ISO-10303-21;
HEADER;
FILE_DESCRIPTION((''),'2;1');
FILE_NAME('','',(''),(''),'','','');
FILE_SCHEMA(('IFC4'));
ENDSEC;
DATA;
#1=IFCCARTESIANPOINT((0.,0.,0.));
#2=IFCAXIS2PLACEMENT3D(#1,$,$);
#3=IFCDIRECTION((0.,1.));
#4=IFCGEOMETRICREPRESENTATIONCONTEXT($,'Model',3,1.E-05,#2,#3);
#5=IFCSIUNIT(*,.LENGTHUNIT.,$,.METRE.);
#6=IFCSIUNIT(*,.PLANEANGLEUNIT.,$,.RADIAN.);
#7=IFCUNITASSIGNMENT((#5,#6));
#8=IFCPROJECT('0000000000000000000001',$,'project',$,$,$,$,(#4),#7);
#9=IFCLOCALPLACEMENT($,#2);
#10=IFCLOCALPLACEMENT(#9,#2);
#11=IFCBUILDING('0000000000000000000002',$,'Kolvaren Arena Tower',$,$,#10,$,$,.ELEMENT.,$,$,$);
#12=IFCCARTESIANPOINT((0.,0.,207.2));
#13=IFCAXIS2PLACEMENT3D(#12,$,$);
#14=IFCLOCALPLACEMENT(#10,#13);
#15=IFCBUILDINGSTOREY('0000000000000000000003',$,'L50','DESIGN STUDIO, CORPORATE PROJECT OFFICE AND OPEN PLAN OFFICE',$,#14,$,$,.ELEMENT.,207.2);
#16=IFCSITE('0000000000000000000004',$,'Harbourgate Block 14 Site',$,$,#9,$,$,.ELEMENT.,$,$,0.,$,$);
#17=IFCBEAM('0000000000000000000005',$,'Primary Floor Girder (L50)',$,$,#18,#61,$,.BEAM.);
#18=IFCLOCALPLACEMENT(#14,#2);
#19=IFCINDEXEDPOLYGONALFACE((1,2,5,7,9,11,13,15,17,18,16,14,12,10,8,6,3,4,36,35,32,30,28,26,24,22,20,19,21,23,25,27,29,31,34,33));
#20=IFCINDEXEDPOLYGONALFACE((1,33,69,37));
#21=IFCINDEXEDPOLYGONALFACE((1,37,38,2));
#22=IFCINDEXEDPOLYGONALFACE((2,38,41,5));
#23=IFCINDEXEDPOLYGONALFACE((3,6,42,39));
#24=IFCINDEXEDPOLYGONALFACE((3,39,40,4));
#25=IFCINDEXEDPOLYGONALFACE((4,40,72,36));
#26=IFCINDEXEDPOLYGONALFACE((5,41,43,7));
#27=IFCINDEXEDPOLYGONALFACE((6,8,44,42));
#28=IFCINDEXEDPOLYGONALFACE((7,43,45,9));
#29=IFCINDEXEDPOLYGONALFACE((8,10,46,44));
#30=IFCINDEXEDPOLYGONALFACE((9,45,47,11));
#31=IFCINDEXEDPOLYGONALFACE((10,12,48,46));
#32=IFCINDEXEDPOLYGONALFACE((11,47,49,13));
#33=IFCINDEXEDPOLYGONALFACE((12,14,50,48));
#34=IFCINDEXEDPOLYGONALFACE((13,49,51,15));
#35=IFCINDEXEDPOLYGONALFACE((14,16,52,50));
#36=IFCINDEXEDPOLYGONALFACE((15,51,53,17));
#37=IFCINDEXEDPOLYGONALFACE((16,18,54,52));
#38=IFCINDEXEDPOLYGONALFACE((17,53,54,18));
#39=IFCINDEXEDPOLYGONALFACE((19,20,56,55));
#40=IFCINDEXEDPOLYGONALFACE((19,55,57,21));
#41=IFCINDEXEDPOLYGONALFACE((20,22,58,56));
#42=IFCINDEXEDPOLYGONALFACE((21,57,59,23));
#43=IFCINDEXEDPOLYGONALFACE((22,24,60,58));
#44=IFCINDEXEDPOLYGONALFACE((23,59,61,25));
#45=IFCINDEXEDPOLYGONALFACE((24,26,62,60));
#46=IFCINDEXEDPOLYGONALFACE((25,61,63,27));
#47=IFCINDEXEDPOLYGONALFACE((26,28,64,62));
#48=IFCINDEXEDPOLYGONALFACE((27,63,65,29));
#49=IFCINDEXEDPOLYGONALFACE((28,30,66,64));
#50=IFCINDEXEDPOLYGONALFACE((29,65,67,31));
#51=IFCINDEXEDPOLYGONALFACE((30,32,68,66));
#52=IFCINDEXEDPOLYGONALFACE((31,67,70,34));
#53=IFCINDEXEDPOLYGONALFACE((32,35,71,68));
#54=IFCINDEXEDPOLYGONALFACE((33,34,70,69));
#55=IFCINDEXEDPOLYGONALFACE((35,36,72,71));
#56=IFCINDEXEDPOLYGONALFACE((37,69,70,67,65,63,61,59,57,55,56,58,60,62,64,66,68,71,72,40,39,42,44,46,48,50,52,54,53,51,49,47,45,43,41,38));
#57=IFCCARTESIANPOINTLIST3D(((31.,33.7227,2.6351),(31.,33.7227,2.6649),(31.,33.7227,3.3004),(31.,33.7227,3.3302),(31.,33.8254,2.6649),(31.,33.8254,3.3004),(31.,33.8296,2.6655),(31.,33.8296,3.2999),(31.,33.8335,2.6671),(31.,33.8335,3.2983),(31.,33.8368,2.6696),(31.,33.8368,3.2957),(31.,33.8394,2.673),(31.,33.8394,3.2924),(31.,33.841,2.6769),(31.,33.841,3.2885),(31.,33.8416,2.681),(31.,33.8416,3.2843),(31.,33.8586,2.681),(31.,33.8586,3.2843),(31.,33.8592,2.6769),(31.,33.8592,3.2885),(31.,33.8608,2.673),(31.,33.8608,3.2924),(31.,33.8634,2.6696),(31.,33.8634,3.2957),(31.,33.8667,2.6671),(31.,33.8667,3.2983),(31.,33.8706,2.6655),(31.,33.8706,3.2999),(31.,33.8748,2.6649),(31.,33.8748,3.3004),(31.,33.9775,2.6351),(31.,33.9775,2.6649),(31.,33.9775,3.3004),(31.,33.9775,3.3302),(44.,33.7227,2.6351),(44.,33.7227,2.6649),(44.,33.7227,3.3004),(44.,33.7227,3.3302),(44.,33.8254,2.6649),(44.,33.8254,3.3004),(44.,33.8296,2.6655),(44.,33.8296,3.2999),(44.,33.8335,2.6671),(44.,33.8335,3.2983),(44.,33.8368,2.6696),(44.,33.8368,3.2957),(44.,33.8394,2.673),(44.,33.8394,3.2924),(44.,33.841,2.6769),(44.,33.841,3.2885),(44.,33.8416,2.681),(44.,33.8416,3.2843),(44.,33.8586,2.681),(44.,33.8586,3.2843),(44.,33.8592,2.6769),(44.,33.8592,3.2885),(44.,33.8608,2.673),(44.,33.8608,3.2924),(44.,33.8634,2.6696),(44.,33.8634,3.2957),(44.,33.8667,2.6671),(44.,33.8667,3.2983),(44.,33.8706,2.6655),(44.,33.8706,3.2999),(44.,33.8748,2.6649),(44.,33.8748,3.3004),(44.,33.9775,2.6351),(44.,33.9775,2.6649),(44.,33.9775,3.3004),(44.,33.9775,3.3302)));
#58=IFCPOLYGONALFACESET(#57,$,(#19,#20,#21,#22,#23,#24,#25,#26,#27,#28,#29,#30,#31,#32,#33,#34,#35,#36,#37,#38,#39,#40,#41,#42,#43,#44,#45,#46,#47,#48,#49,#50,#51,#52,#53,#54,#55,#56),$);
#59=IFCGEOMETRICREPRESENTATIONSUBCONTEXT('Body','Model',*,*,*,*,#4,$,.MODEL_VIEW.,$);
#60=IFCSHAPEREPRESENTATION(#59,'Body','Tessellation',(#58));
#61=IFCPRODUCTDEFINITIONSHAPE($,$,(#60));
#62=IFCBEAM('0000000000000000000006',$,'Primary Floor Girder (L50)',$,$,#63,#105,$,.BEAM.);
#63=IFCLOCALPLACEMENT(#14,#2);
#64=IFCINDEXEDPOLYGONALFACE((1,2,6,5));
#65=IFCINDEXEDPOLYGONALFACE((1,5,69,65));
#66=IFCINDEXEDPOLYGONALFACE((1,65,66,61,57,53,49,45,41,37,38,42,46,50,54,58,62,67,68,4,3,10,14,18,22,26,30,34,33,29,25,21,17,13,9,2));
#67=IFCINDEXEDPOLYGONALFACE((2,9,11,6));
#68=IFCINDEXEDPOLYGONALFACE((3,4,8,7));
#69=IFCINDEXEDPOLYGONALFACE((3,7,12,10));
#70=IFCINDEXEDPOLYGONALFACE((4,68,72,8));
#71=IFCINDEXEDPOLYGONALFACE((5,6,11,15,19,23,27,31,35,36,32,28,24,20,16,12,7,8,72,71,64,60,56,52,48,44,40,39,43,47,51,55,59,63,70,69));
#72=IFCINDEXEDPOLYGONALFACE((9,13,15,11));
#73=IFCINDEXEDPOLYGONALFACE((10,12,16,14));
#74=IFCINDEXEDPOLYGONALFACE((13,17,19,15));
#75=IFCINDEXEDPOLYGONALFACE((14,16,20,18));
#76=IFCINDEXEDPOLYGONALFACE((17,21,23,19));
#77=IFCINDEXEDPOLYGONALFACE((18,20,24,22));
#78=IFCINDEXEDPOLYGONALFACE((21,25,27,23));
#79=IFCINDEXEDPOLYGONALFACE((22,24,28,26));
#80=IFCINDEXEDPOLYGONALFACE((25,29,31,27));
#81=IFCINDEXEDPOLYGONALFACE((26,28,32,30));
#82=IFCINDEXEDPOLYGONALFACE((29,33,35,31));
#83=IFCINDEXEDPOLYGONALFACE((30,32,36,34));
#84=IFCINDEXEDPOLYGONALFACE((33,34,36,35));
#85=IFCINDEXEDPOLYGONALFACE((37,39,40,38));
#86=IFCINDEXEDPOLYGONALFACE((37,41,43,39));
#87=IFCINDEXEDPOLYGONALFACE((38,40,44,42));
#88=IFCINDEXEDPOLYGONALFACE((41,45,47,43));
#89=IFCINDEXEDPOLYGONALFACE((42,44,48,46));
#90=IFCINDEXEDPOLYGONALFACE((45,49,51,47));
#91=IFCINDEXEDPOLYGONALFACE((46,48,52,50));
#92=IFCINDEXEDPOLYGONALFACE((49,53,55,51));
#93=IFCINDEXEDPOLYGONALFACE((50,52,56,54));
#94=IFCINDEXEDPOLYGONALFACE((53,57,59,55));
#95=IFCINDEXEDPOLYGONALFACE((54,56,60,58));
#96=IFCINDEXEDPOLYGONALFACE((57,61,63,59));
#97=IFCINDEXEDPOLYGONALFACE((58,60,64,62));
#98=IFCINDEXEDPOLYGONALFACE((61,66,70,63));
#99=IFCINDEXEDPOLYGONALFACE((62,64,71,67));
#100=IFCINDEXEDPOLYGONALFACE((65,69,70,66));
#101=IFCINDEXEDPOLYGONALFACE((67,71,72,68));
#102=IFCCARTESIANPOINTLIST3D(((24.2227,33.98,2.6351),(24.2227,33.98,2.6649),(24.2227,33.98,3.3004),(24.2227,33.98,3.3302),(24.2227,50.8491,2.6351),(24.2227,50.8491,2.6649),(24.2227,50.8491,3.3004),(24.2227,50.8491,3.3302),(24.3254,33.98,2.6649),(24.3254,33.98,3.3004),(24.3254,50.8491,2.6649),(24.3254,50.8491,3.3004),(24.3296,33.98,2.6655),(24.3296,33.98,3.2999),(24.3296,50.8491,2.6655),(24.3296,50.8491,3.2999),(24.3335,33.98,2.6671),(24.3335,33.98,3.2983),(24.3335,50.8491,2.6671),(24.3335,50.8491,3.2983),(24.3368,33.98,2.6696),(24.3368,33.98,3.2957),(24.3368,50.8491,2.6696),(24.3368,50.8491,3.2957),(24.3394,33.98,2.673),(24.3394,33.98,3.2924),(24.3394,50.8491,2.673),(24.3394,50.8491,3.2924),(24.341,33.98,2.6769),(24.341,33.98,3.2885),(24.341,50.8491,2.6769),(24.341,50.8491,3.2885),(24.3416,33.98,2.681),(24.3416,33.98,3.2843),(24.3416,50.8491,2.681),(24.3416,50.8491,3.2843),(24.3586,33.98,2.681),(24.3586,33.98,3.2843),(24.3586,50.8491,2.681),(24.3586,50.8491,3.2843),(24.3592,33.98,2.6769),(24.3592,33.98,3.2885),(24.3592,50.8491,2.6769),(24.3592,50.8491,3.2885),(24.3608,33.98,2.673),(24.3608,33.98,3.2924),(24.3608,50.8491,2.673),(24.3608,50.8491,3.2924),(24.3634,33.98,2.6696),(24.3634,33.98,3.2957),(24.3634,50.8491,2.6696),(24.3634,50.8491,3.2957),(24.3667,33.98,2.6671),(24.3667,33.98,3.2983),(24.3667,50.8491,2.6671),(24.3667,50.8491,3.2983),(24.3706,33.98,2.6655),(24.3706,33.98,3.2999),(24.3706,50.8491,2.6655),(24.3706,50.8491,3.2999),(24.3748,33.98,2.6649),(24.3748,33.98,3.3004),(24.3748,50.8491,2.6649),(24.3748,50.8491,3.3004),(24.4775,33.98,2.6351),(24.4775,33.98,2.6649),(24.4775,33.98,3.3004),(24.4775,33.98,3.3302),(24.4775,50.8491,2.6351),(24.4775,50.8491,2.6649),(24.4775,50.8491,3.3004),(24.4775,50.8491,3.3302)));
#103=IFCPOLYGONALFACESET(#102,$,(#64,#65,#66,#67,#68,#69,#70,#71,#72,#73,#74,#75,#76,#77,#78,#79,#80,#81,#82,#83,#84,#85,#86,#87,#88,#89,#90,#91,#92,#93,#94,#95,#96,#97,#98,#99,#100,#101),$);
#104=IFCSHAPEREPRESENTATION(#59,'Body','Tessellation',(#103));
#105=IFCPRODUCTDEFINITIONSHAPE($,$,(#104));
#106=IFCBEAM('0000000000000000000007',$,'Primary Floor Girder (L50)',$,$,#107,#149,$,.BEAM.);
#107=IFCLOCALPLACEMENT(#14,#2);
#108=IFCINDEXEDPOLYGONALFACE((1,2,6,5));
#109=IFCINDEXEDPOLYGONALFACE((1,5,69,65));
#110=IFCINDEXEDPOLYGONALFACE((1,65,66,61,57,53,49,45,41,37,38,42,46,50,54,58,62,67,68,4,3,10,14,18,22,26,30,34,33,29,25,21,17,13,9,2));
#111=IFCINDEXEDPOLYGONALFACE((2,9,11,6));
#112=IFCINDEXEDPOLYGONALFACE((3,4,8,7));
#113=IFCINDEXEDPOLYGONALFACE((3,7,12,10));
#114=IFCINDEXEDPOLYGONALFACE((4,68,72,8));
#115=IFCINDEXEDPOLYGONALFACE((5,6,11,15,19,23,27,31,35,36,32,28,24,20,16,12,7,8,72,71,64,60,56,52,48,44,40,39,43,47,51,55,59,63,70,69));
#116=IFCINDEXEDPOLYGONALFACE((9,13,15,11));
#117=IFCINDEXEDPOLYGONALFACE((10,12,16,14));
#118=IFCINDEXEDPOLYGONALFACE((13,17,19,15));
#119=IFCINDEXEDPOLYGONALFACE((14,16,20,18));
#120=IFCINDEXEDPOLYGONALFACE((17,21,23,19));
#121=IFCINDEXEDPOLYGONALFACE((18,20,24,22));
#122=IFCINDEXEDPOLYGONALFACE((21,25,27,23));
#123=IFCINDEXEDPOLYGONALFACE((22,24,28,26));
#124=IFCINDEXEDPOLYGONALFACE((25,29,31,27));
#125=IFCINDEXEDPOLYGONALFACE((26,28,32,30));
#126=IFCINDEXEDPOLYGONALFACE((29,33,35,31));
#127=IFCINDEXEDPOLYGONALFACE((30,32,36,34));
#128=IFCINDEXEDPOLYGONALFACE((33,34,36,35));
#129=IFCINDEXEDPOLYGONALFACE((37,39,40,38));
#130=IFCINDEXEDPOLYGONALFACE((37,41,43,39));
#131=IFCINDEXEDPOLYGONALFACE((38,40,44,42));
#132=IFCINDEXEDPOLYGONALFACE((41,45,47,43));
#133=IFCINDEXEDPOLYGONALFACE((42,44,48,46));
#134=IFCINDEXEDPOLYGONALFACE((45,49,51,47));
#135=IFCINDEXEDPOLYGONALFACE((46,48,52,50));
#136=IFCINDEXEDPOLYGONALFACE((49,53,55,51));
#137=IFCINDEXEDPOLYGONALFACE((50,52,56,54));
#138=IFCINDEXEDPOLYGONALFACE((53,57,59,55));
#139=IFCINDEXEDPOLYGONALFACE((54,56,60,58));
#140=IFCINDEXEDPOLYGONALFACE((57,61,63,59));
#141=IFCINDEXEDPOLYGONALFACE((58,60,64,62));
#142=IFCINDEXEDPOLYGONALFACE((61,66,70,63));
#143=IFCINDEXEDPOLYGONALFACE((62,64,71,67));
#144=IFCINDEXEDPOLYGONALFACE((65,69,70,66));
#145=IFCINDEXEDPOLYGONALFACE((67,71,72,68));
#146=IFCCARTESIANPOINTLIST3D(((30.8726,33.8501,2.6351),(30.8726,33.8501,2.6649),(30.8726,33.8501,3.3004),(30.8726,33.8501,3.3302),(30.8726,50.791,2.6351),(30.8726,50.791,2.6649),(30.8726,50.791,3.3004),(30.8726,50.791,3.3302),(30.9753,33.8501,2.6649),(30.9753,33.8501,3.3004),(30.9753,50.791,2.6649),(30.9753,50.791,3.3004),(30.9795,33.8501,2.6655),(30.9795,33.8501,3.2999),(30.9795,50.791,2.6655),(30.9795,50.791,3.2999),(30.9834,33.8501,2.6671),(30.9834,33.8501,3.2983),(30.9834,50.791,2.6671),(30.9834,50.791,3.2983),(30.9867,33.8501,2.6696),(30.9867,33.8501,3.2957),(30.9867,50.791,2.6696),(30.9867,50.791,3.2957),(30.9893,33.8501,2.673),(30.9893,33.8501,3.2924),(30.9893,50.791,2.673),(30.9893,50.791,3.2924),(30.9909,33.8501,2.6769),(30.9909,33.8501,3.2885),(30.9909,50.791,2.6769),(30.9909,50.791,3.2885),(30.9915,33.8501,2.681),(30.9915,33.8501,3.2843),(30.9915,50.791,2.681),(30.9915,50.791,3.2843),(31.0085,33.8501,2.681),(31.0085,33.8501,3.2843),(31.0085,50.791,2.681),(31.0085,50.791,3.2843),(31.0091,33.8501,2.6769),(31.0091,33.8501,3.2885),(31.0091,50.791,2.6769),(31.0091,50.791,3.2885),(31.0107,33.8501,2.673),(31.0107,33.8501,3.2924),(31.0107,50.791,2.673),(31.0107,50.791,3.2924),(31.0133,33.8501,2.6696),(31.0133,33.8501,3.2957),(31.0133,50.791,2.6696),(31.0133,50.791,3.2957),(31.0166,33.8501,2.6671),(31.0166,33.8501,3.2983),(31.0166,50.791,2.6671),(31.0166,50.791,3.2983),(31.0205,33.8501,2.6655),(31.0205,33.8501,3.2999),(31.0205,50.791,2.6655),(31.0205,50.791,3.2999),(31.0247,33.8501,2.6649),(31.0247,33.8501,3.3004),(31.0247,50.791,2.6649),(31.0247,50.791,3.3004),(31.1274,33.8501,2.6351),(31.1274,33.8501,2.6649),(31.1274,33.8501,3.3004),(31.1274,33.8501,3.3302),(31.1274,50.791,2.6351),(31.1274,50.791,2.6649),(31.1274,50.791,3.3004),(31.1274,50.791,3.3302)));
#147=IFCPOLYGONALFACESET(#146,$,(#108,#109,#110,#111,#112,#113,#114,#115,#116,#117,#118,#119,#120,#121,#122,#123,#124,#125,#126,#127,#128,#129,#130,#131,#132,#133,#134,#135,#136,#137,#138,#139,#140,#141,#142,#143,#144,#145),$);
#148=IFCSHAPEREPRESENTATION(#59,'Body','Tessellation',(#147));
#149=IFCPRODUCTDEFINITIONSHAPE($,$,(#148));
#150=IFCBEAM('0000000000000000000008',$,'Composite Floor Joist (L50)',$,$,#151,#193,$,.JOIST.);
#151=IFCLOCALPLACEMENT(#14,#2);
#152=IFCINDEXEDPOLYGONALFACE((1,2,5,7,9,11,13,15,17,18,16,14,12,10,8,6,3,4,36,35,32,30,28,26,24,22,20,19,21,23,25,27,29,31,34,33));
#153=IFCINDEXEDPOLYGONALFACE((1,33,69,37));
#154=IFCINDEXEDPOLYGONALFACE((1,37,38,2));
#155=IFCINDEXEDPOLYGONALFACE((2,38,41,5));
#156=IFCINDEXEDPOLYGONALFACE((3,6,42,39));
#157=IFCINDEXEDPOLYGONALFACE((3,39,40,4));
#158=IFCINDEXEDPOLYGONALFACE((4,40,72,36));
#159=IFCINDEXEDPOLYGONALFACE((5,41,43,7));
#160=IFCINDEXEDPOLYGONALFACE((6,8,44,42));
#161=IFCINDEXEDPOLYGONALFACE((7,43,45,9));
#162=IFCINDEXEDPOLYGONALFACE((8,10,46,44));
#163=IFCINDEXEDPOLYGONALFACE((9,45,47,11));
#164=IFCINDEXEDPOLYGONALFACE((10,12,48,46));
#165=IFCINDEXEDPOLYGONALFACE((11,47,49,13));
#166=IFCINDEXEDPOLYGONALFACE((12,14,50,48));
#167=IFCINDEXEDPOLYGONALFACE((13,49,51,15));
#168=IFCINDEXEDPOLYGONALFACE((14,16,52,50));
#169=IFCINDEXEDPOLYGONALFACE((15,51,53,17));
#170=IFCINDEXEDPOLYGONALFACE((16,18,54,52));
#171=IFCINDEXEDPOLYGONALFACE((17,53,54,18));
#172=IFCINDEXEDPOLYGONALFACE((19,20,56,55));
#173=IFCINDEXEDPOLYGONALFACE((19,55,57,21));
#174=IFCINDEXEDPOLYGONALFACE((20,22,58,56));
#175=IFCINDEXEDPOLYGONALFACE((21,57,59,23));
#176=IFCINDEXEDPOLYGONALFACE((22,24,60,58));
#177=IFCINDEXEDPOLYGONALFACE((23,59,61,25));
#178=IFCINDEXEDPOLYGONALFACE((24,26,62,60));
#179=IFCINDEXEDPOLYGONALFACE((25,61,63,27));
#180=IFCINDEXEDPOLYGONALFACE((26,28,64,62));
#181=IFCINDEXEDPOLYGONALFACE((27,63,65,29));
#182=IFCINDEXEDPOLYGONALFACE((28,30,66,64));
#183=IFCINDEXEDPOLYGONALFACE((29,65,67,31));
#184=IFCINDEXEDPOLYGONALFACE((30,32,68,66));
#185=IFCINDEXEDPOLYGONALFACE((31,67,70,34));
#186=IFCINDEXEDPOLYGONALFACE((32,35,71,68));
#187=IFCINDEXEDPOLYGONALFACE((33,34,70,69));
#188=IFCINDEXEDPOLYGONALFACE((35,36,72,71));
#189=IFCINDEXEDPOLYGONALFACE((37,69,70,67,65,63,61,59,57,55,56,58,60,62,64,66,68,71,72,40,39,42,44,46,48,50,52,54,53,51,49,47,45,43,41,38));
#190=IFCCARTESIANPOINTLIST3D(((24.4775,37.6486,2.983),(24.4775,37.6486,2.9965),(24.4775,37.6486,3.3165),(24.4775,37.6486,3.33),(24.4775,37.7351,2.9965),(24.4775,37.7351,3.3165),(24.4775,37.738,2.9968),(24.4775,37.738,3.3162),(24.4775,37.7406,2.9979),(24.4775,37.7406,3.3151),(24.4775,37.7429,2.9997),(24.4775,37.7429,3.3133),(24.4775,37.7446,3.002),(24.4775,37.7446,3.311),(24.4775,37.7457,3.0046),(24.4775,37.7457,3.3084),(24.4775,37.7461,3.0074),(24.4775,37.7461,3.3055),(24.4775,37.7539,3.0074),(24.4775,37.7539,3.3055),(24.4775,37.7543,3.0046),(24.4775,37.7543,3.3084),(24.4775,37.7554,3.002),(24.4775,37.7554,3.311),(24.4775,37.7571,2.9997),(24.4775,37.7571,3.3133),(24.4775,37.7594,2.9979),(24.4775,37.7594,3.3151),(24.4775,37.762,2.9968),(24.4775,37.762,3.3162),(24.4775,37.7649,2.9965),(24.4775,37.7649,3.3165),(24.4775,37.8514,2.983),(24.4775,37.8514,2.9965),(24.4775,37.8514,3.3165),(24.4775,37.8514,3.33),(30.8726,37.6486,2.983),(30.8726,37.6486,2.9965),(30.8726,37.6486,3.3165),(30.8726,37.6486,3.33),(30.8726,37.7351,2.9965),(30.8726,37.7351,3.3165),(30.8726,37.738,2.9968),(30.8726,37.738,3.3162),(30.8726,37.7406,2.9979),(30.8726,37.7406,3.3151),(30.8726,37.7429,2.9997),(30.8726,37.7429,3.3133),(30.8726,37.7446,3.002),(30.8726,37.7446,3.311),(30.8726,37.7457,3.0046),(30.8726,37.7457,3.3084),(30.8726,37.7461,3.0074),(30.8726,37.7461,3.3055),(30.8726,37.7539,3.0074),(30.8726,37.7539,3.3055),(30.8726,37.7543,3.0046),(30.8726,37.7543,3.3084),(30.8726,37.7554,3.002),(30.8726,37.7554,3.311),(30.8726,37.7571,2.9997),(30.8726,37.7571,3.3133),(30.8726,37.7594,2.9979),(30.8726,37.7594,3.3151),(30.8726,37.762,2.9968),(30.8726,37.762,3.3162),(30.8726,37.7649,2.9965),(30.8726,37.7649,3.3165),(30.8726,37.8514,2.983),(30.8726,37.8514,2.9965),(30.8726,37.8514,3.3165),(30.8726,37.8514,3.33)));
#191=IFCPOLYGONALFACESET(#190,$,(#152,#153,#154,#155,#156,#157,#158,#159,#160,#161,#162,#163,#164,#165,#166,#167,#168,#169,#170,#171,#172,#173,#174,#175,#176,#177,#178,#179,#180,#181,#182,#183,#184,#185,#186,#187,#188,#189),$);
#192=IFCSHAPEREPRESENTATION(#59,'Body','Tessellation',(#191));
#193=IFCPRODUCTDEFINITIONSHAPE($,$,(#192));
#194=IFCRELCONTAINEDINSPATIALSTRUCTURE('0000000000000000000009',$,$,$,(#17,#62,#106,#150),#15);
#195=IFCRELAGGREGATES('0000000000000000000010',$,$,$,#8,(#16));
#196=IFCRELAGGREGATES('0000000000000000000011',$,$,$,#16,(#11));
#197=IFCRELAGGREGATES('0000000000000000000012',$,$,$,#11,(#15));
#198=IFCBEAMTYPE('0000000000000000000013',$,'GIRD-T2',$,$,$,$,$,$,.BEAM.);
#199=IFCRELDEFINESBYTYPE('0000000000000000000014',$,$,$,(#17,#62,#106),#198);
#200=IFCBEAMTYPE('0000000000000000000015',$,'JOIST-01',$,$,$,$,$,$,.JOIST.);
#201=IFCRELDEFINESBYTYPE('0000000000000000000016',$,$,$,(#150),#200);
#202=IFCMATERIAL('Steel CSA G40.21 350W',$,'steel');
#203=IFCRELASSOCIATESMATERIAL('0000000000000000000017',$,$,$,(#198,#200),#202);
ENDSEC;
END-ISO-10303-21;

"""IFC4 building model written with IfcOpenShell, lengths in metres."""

from ifc_helpers import new_model, si_unit, direction, frame, origin, origin_2d, place, context, subcontext, project, spatial, i_section, extrude, material, material_profile, profile_set, type_object, element, save


model = new_model("IFC4")

# Units and contexts
model_context = context("Model", 3, precision=1e-05, world=origin(), true_north=direction((0.0, 1.0)))
body_context = subcontext(model_context, "Body", "Model", "MODEL_VIEW")
ifc_project = project(units=[si_unit("LENGTHUNIT", "METRE"), si_unit("PLANEANGLEUNIT", "RADIAN")], contexts=[model_context])

# Site, building, storey
site_placement = place(None, origin())
site = spatial("IfcSite", under=ifc_project, at=site_placement, Name="Harbourgate Block 14 Site", CompositionType="ELEMENT", RefElevation=0.0)
building_placement = place(site_placement, origin())
building = spatial("IfcBuilding", under=site, at=building_placement, Name="Kolvaren Arena Tower", CompositionType="ELEMENT")
storey_placement = place(building_placement, frame((0.0, 0.0, 207.2)))
storey = spatial("IfcBuildingStorey", under=building, at=storey_placement, Name="L50", Description="DESIGN STUDIO, CORPORATE PROJECT OFFICE AND OPEN PLAN OFFICE", CompositionType="ELEMENT", Elevation=207.2)

# Beams
ifc_material_1 = material(Name="Steel CSA G40.21 350W", Category="steel")
ifc_material_profile_1 = material_profile(ifc_material_1, i_section(OverallWidth=0.2549, OverallDepth=0.6951, WebThickness=0.0171, FlangeThickness=0.0298, FilletRadius=0.0161, at=origin_2d()), Name="W690x217")
ifc_profile_set_1 = profile_set([ifc_material_profile_1], Name="Steel CSA G40.21 350W")
beam_type_1 = type_object("IfcBeamType", Name="GIRD-T2", PredefinedType="BEAM", material=ifc_profile_set_1)
beam_1_placement = place(storey_placement, frame((31.0, 33.8501, 2.9827), z_axis=(1.0, 0.0, 0.0), x_axis=(0.0, 1.0, 0.0)))
element("IfcBeam", 1, at=beam_1_placement, inside=storey, type_object=beam_type_1, Name="Primary Floor Girder (L50)", PredefinedType="BEAM", context=body_context, shape_type="SweptSolid", body=[
    extrude(i_section(OverallWidth=0.2549, OverallDepth=0.6951, WebThickness=0.0171, FlangeThickness=0.0298, FilletRadius=0.0161, at=origin_2d()), origin(), (0.0, 0.0, 1.0), 13.0),
])
beam_2_placement = place(storey_placement, frame((24.3501, 33.98, 2.9827), z_axis=(0.0, 1.0, 0.0), x_axis=(-1.0, 0.0, 0.0)))
element("IfcBeam", 2, at=beam_2_placement, inside=storey, type_object=beam_type_1, Name="Primary Floor Girder (L50)", PredefinedType="BEAM", context=body_context, shape_type="SweptSolid", body=[
    extrude(i_section(OverallWidth=0.2549, OverallDepth=0.6951, WebThickness=0.0171, FlangeThickness=0.0298, FilletRadius=0.0161, at=origin_2d()), origin(), (0.0, 0.0, 1.0), 16.8691),
])
beam_3_placement = place(storey_placement, frame((31.0, 33.8501, 2.9827), z_axis=(0.0, 1.0, 0.0), x_axis=(-1.0, 0.0, 0.0)))
element("IfcBeam", 3, at=beam_3_placement, inside=storey, type_object=beam_type_1, Name="Primary Floor Girder (L50)", PredefinedType="BEAM", context=body_context, shape_type="SweptSolid", body=[
    extrude(i_section(OverallWidth=0.2549, OverallDepth=0.6951, WebThickness=0.0171, FlangeThickness=0.0298, FilletRadius=0.0161, at=origin_2d()), origin(), (0.0, 0.0, 1.0), 16.9409),
])
ifc_material_profile_2 = material_profile(ifc_material_1, i_section(OverallWidth=0.2029, OverallDepth=0.3469, WebThickness=0.0078, FlangeThickness=0.0134, FilletRadius=0.011, at=origin_2d()), Name="W360x64")
ifc_profile_set_2 = profile_set([ifc_material_profile_2], Name="Steel CSA G40.21 350W")
beam_type_2 = type_object("IfcBeamType", Name="JOIST-01", PredefinedType="JOIST", material=ifc_profile_set_2)
beam_4_placement = place(storey_placement, frame((24.4775, 37.75, 3.1565), z_axis=(1.0, 0.0, 0.0), x_axis=(0.0, 1.0, 0.0)))
element("IfcBeam", 4, at=beam_4_placement, inside=storey, type_object=beam_type_2, Name="Composite Floor Joist (L50)", PredefinedType="JOIST", context=body_context, shape_type="SweptSolid", body=[
    extrude(i_section(OverallWidth=0.2029, OverallDepth=0.3469, WebThickness=0.0078, FlangeThickness=0.0134, FilletRadius=0.011, at=origin_2d()), origin(), (0.0, 0.0, 1.0), 6.395),
])

save(model, "model.ifc")
